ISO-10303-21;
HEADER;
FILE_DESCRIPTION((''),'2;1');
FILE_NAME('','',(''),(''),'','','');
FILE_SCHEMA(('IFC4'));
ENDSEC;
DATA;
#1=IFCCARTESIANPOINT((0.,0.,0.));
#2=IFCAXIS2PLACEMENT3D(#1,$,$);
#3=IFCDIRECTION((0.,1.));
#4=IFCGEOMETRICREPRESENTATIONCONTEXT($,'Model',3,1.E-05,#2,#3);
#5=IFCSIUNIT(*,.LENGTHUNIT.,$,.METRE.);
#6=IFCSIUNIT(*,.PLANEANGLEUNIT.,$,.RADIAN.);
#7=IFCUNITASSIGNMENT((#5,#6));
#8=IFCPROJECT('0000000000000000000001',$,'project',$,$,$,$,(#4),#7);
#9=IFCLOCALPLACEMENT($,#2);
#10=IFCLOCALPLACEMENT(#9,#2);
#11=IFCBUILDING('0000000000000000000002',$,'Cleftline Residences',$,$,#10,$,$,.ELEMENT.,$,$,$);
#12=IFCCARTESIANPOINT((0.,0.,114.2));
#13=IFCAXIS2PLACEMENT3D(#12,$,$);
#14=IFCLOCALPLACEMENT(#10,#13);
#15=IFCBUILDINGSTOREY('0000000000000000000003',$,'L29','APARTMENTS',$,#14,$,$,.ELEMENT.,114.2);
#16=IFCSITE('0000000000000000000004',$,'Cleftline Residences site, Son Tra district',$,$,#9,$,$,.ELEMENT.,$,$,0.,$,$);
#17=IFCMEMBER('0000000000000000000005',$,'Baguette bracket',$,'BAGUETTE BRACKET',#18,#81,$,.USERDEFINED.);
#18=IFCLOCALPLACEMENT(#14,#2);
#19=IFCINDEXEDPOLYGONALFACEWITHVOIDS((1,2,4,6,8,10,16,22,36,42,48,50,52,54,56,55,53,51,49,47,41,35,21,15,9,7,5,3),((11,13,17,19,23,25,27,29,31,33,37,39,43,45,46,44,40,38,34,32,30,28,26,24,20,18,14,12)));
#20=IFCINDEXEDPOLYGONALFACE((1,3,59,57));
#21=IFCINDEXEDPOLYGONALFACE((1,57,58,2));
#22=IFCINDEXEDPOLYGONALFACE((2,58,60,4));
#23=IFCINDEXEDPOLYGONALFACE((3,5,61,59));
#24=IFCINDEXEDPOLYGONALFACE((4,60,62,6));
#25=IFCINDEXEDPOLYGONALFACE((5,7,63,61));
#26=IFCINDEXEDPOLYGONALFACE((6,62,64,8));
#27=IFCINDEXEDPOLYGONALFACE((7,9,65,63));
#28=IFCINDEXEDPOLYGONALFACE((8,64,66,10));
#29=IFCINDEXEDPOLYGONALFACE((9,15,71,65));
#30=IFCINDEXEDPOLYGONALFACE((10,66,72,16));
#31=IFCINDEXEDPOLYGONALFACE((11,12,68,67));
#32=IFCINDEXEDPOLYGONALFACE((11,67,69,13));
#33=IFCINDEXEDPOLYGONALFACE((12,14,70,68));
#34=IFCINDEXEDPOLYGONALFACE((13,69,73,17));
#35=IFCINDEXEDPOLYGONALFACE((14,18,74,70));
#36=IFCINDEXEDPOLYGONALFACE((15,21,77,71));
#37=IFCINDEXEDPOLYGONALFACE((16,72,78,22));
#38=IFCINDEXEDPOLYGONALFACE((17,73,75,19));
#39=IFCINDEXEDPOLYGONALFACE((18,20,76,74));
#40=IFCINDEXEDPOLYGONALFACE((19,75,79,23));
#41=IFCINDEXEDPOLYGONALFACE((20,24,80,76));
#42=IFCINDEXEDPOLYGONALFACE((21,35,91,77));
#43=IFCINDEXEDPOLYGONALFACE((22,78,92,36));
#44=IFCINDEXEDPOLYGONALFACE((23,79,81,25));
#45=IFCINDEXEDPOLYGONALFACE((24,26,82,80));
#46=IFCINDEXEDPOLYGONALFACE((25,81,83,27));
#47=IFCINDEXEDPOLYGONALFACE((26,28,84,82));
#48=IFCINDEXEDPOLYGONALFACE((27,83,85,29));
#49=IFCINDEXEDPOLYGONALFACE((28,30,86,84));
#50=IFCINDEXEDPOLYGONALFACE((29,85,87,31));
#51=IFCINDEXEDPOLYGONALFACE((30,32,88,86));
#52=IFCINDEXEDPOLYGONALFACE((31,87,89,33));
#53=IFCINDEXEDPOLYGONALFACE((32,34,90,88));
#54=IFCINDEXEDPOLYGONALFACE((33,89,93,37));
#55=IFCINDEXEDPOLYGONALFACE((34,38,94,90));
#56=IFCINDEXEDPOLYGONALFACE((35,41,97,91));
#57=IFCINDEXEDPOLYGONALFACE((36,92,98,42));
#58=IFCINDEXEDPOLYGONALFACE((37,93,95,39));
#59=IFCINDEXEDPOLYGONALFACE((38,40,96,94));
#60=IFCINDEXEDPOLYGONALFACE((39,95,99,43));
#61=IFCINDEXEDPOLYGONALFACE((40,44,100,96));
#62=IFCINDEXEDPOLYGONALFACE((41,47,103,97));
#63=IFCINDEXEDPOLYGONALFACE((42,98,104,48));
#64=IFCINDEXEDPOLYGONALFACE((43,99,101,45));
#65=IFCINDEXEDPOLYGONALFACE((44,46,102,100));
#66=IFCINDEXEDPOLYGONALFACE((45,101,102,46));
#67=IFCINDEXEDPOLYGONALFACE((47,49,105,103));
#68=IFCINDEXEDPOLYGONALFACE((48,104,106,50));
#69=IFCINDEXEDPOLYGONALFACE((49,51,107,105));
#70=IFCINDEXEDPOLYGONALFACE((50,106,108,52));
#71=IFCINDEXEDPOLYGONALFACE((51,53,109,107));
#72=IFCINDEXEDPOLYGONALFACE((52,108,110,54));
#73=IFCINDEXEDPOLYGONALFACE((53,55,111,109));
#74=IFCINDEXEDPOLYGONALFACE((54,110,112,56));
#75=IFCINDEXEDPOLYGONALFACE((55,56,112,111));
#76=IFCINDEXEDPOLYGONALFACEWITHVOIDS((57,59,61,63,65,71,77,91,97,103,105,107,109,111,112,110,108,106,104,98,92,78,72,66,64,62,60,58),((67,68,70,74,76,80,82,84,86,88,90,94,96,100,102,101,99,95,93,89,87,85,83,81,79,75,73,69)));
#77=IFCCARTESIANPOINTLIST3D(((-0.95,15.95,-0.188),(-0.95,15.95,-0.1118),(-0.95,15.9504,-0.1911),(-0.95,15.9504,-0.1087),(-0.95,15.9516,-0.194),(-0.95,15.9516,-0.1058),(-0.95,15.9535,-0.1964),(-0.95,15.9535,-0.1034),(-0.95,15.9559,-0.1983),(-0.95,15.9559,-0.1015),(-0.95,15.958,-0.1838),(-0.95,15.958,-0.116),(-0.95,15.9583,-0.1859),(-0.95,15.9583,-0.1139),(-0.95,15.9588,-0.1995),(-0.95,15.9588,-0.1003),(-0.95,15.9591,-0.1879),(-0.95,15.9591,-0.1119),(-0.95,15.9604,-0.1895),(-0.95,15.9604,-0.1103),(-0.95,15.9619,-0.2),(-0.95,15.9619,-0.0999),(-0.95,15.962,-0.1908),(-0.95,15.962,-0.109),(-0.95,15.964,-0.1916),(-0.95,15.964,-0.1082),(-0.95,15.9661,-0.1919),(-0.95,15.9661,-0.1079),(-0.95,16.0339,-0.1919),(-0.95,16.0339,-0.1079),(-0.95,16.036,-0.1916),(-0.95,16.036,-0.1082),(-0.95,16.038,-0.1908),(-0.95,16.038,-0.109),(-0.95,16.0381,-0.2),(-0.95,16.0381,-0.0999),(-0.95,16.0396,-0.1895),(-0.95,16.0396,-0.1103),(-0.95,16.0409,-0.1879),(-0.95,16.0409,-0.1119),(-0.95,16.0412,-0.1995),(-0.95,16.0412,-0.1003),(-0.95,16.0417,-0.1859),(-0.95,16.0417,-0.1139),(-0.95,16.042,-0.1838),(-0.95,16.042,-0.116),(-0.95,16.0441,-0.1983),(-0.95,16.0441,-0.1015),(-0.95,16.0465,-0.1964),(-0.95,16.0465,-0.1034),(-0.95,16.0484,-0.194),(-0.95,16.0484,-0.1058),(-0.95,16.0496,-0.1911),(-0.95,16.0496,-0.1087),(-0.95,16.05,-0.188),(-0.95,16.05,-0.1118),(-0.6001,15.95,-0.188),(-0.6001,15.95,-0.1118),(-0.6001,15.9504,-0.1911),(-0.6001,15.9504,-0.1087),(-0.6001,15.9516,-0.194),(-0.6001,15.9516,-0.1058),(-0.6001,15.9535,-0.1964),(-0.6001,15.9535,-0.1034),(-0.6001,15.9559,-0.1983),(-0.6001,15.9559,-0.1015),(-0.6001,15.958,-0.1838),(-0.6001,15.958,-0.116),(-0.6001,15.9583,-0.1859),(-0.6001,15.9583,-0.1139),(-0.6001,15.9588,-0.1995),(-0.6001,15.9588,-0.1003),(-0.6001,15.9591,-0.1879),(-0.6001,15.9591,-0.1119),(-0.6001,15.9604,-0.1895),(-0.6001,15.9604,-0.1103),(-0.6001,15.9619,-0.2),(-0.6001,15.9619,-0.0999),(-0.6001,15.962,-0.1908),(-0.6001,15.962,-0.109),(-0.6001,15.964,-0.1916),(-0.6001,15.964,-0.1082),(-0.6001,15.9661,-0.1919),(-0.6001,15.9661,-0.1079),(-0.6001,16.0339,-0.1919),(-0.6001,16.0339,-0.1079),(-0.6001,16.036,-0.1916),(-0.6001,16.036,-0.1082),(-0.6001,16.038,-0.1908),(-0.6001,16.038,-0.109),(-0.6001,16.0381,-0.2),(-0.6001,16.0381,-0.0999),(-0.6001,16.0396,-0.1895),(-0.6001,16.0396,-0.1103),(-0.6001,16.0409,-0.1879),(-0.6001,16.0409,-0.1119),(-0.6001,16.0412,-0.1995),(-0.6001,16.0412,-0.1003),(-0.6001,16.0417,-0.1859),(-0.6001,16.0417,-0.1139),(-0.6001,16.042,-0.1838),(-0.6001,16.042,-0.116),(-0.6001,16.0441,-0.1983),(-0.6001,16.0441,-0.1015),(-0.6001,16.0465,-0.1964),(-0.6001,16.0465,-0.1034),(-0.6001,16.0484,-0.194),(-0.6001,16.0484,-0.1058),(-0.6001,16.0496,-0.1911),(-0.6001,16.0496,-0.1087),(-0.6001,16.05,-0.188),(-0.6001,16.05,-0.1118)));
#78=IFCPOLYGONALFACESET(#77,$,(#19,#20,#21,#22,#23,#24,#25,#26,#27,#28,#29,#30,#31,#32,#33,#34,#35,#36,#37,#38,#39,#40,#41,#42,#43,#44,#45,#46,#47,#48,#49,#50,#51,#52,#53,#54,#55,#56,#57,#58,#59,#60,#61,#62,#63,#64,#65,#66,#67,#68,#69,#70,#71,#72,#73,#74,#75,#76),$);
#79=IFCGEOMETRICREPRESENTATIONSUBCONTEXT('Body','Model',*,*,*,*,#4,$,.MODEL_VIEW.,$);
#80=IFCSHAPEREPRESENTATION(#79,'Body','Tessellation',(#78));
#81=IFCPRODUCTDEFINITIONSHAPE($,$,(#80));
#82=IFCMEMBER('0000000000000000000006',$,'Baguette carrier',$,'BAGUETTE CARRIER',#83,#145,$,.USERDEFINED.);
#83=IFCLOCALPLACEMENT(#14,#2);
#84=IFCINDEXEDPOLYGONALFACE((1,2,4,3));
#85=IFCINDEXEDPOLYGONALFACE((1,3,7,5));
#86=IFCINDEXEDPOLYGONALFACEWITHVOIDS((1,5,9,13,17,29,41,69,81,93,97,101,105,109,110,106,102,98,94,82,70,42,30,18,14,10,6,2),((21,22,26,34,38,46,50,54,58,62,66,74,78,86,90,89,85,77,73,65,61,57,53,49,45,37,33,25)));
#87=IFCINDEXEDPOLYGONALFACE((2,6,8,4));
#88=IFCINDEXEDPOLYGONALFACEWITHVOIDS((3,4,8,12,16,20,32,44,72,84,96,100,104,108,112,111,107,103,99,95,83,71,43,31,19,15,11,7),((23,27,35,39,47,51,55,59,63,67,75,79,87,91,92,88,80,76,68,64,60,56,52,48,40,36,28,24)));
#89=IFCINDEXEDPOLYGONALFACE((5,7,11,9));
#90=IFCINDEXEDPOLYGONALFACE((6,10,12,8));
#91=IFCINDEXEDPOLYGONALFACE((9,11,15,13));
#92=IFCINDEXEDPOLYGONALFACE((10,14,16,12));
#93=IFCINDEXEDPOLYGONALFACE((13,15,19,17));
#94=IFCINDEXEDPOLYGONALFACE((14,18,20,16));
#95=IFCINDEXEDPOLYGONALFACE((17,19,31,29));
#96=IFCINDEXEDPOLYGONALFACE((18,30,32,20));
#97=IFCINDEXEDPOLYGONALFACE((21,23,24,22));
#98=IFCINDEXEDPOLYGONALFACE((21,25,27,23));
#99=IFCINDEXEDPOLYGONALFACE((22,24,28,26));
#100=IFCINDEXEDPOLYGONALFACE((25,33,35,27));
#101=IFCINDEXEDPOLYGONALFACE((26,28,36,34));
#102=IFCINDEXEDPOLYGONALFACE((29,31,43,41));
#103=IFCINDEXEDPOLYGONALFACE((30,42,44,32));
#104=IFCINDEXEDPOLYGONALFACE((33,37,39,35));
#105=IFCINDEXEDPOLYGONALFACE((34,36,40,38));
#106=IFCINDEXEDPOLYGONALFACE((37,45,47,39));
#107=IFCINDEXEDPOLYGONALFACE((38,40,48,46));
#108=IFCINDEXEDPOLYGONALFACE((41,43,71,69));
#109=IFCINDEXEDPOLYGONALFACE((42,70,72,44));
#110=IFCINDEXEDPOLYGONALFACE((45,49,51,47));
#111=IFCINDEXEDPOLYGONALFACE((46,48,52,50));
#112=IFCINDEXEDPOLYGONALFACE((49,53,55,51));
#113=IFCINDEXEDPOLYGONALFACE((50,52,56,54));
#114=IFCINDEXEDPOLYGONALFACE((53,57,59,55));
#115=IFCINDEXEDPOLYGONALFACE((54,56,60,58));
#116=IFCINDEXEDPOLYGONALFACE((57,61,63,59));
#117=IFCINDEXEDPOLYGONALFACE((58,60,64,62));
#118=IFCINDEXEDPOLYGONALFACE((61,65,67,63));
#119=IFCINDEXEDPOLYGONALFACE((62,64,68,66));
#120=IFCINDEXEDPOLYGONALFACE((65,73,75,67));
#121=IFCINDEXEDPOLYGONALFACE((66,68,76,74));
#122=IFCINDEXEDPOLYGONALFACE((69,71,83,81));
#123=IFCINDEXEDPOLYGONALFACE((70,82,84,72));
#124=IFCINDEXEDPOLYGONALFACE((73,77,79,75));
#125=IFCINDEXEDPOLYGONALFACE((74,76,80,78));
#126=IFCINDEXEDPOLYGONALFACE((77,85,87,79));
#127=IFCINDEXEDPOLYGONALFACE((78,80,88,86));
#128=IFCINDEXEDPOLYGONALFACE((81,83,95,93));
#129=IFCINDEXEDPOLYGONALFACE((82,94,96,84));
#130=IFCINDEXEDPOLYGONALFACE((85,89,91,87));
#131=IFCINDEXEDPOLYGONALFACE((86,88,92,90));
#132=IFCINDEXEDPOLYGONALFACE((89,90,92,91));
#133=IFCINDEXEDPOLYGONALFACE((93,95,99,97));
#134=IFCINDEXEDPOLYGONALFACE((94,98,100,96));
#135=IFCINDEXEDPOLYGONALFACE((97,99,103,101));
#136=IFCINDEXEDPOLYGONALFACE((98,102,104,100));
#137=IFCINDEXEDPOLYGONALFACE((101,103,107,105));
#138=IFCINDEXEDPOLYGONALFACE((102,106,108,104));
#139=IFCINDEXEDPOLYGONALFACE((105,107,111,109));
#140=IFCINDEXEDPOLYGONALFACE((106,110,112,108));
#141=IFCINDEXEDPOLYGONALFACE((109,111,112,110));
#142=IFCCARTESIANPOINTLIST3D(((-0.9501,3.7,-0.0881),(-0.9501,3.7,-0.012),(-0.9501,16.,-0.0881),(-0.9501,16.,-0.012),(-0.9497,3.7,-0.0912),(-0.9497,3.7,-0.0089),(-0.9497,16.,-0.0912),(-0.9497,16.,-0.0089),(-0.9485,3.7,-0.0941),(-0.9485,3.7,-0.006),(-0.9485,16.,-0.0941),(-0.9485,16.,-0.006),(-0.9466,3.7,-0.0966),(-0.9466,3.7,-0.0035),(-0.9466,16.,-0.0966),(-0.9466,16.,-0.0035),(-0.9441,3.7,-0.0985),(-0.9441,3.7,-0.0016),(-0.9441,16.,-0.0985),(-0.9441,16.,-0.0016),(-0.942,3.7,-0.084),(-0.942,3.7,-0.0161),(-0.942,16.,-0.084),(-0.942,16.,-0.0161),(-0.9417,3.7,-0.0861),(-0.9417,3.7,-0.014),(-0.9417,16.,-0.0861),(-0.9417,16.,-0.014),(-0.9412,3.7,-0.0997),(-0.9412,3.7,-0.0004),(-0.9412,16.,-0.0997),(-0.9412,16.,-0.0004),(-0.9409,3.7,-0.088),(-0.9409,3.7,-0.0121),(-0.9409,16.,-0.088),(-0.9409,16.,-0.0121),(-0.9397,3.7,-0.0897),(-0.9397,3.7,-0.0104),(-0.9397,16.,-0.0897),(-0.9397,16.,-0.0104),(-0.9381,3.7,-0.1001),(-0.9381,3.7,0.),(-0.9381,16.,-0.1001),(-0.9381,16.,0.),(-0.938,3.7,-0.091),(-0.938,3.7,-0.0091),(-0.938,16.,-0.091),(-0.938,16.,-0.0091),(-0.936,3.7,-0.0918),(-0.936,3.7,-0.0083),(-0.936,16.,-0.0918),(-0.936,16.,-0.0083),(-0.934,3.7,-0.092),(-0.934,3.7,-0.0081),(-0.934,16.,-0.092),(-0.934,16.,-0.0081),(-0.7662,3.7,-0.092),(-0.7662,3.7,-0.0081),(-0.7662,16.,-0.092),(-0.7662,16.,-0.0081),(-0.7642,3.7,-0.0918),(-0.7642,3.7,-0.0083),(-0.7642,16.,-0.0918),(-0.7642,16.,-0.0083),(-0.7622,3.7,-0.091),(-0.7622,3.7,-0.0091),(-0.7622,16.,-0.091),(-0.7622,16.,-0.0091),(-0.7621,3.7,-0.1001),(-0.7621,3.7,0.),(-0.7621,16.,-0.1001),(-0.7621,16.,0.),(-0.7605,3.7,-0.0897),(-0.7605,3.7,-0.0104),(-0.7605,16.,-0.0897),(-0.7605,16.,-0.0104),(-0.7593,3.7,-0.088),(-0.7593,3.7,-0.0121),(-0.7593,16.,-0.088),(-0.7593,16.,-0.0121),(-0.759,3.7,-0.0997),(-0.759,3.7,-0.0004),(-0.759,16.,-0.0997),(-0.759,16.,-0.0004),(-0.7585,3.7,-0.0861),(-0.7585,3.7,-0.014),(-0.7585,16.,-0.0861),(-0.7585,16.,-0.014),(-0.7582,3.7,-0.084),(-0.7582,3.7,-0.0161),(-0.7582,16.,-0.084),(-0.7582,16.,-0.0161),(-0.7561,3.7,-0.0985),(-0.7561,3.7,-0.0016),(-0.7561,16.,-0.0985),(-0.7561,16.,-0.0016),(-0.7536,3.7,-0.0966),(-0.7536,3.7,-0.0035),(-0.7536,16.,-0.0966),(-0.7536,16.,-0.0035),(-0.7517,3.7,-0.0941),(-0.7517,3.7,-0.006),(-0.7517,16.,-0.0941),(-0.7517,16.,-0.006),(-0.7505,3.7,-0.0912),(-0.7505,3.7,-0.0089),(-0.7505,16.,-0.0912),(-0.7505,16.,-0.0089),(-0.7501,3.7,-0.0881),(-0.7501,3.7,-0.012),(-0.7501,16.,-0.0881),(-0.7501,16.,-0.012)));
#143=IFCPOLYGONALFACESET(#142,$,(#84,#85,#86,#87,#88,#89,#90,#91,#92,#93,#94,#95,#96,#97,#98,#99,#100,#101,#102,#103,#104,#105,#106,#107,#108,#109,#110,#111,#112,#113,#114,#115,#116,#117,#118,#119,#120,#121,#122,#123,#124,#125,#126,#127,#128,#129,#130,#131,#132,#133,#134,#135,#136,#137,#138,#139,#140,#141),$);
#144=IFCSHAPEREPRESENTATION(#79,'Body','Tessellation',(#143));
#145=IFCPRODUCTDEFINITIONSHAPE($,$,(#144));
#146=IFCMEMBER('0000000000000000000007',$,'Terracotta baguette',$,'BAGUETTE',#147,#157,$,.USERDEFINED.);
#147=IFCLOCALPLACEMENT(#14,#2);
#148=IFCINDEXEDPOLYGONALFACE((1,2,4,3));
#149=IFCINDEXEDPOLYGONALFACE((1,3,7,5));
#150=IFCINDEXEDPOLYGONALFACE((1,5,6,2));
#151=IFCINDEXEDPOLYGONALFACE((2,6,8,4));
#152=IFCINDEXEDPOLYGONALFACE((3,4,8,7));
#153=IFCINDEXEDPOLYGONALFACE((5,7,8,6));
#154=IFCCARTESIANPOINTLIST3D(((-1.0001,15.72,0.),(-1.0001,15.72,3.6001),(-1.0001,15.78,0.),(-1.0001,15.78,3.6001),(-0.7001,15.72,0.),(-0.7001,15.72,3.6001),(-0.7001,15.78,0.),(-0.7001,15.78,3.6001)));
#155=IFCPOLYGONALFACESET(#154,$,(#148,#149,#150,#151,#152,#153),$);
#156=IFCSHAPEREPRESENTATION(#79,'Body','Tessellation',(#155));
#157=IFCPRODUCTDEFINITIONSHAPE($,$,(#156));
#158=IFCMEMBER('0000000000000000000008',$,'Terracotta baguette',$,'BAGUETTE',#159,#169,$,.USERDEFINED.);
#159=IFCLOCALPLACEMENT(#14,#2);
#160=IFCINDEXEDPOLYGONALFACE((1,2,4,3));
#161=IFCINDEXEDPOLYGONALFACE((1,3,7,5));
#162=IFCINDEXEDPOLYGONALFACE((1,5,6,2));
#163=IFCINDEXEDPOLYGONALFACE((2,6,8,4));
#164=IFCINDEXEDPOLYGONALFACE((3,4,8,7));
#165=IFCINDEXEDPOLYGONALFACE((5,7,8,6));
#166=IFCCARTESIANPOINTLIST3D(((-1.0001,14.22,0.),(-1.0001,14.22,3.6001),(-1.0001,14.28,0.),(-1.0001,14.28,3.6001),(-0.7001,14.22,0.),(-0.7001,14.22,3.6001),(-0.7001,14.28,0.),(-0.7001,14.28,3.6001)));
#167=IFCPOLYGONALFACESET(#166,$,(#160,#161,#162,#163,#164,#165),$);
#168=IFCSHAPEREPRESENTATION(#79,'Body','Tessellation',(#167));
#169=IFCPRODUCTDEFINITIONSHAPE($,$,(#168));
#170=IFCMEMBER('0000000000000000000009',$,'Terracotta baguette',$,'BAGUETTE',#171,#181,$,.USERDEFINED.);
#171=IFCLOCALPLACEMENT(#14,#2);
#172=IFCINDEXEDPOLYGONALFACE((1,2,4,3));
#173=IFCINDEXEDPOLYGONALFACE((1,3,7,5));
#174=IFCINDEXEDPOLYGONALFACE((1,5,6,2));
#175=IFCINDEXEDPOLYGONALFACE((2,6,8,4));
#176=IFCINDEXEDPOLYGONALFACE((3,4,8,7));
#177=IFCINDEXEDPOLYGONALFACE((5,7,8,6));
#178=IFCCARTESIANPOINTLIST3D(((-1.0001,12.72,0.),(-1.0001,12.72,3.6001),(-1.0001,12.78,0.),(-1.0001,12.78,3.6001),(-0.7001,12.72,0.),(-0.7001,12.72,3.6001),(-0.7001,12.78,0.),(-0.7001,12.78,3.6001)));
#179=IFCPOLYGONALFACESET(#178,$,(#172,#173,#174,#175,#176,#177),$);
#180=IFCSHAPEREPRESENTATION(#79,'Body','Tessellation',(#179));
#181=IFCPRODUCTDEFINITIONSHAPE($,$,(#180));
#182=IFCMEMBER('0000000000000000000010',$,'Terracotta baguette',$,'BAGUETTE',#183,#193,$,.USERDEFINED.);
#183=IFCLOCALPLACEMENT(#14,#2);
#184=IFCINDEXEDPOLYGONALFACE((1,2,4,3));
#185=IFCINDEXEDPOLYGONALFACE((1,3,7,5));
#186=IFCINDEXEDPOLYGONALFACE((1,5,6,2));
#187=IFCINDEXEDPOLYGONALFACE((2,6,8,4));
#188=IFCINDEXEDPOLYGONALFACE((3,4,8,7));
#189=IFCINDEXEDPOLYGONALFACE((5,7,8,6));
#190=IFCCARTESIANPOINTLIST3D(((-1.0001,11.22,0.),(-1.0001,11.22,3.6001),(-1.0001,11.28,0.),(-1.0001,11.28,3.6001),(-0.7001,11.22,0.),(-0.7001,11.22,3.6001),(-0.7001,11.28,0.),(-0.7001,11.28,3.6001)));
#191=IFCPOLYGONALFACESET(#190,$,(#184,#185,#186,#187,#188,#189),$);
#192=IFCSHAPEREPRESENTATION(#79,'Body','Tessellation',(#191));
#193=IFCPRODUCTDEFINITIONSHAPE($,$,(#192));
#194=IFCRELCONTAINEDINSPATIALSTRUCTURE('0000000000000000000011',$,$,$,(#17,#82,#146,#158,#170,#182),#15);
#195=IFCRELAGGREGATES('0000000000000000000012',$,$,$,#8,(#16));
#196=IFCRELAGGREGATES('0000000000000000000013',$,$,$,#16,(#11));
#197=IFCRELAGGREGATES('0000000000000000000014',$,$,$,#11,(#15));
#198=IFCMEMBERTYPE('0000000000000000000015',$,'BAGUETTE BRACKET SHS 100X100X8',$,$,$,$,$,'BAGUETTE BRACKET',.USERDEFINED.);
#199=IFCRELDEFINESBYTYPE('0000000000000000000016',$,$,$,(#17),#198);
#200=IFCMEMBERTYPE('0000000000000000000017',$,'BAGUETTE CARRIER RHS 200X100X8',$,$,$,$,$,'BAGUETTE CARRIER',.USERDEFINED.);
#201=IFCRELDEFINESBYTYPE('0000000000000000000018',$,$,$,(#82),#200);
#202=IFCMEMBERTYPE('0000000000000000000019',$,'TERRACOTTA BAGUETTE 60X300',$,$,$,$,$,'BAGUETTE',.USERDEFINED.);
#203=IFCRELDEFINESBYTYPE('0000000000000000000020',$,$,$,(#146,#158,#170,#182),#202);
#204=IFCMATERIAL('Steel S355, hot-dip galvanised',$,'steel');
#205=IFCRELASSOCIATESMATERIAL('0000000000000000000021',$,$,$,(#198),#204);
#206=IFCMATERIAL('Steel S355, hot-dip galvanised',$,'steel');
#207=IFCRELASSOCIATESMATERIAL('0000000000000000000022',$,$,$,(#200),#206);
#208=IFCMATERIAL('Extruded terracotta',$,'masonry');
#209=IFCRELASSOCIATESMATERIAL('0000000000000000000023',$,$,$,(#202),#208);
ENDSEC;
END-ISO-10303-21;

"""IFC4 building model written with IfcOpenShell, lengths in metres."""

from ifc_helpers import new_model, si_unit, direction, frame, origin, origin_2d, place, context, subcontext, project, spatial, rectangle, hollow_rectangle, extrude, material, material_profile, profile_set, type_object, element, save


model = new_model("IFC4")

# Units and contexts
model_context = context("Model", 3, precision=1e-05, world=origin(), true_north=direction((0.0, 1.0)))
body_context = subcontext(model_context, "Body", "Model", "MODEL_VIEW")
ifc_project = project(units=[si_unit("LENGTHUNIT", "METRE"), si_unit("PLANEANGLEUNIT", "RADIAN")], contexts=[model_context])

# Site, building, storey
site_placement = place(None, origin())
site = spatial("IfcSite", under=ifc_project, at=site_placement, Name="Cleftline Residences site, Son Tra district", CompositionType="ELEMENT", RefElevation=0.0)
building_placement = place(site_placement, origin())
building = spatial("IfcBuilding", under=site, at=building_placement, Name="Cleftline Residences", CompositionType="ELEMENT")
storey_placement = place(building_placement, frame((0.0, 0.0, 114.2)))
storey = spatial("IfcBuildingStorey", under=building, at=storey_placement, Name="L29", Description="APARTMENTS", CompositionType="ELEMENT", Elevation=114.2)

# Members
ifc_material_1 = material(Name="Steel S355, hot-dip galvanised", Category="steel")
ifc_material_profile_1 = material_profile(ifc_material_1, hollow_rectangle(XDim=0.1001, YDim=0.1001, WallThickness=0.0081, InnerFilletRadius=0.0081, OuterFilletRadius=0.012, at=origin_2d()))
ifc_profile_set_1 = profile_set([ifc_material_profile_1], Name="Steel S355, hot-dip galvanised")
member_type_1 = type_object("IfcMemberType", Name="BAGUETTE BRACKET SHS 100X100X8", ElementType="BAGUETTE BRACKET", PredefinedType="USERDEFINED", material=ifc_profile_set_1)
member_1_placement = place(storey_placement, frame((-0.6001, 16.0, -0.1499), z_axis=(-1.0, 0.0, 0.0), x_axis=(0.0, -1.0, 0.0)))
element("IfcMember", 1, at=member_1_placement, inside=storey, type_object=member_type_1, Name="Baguette bracket", ObjectType="BAGUETTE BRACKET", PredefinedType="USERDEFINED", context=body_context, shape_type="SweptSolid", body=[
    extrude(hollow_rectangle(XDim=0.1001, YDim=0.1001, WallThickness=0.0081, InnerFilletRadius=0.0081, OuterFilletRadius=0.012, at=origin_2d()), origin(), (0.0, 0.0, 1.0), 0.3499),
])
ifc_material_2 = material(Name="Steel S355, hot-dip galvanised", Category="steel")
ifc_material_profile_2 = material_profile(ifc_material_2, hollow_rectangle(XDim=0.1001, YDim=0.2, WallThickness=0.0081, InnerFilletRadius=0.0081, OuterFilletRadius=0.012, at=origin_2d()))
ifc_profile_set_2 = profile_set([ifc_material_profile_2], Name="Steel S355, hot-dip galvanised")
member_type_2 = type_object("IfcMemberType", Name="BAGUETTE CARRIER RHS 200X100X8", ElementType="BAGUETTE CARRIER", PredefinedType="USERDEFINED", material=ifc_profile_set_2)
member_2_placement = place(storey_placement, frame((-0.8501, 16.0, -0.05), z_axis=(0.0, -1.0, 0.0), x_axis=(0.0, 0.0, 1.0)))
element("IfcMember", 2, at=member_2_placement, inside=storey, type_object=member_type_2, Name="Baguette carrier", ObjectType="BAGUETTE CARRIER", PredefinedType="USERDEFINED", context=body_context, shape_type="SweptSolid", body=[
    extrude(hollow_rectangle(XDim=0.1001, YDim=0.2, WallThickness=0.0081, InnerFilletRadius=0.0081, OuterFilletRadius=0.012, at=origin_2d()), origin(), (0.0, 0.0, 1.0), 12.3),
])
ifc_material_3 = material(Name="Extruded terracotta", Category="masonry")
ifc_material_profile_3 = material_profile(ifc_material_3, rectangle(XDim=0.0601, YDim=0.3, at=origin_2d()))
ifc_profile_set_3 = profile_set([ifc_material_profile_3], Name="Extruded terracotta")
member_type_3 = type_object("IfcMemberType", Name="TERRACOTTA BAGUETTE 60X300", ElementType="BAGUETTE", PredefinedType="USERDEFINED", material=ifc_profile_set_3)
for number, where, z_axis, x_axis, name in (
    (3, (-0.8501, 15.75, 0.0), (0.0, 0.0, 1.0), (0.0, 1.0, 0.0), "Terracotta baguette"),
    (4, (-0.8501, 14.25, 0.0), (0.0, 0.0, 1.0), (0.0, 1.0, 0.0), "Terracotta baguette"),
    (5, (-0.8501, 12.75, 0.0), (0.0, 0.0, 1.0), (0.0, 1.0, 0.0), "Terracotta baguette"),
    (6, (-0.8501, 11.25, 0.0), (0.0, 0.0, 1.0), (0.0, 1.0, 0.0), "Terracotta baguette"),
):
    element("IfcMember", number, at=place(storey_placement, frame(where, z_axis=z_axis, x_axis=x_axis)), inside=storey, type_object=member_type_3, Name=name, ObjectType="BAGUETTE", PredefinedType="USERDEFINED", context=body_context, shape_type="SweptSolid", body=[
        extrude(rectangle(XDim=0.0601, YDim=0.3, at=origin_2d()), origin(), (0.0, 0.0, 1.0), 3.6001),
    ])

save(model, "model.ifc")
